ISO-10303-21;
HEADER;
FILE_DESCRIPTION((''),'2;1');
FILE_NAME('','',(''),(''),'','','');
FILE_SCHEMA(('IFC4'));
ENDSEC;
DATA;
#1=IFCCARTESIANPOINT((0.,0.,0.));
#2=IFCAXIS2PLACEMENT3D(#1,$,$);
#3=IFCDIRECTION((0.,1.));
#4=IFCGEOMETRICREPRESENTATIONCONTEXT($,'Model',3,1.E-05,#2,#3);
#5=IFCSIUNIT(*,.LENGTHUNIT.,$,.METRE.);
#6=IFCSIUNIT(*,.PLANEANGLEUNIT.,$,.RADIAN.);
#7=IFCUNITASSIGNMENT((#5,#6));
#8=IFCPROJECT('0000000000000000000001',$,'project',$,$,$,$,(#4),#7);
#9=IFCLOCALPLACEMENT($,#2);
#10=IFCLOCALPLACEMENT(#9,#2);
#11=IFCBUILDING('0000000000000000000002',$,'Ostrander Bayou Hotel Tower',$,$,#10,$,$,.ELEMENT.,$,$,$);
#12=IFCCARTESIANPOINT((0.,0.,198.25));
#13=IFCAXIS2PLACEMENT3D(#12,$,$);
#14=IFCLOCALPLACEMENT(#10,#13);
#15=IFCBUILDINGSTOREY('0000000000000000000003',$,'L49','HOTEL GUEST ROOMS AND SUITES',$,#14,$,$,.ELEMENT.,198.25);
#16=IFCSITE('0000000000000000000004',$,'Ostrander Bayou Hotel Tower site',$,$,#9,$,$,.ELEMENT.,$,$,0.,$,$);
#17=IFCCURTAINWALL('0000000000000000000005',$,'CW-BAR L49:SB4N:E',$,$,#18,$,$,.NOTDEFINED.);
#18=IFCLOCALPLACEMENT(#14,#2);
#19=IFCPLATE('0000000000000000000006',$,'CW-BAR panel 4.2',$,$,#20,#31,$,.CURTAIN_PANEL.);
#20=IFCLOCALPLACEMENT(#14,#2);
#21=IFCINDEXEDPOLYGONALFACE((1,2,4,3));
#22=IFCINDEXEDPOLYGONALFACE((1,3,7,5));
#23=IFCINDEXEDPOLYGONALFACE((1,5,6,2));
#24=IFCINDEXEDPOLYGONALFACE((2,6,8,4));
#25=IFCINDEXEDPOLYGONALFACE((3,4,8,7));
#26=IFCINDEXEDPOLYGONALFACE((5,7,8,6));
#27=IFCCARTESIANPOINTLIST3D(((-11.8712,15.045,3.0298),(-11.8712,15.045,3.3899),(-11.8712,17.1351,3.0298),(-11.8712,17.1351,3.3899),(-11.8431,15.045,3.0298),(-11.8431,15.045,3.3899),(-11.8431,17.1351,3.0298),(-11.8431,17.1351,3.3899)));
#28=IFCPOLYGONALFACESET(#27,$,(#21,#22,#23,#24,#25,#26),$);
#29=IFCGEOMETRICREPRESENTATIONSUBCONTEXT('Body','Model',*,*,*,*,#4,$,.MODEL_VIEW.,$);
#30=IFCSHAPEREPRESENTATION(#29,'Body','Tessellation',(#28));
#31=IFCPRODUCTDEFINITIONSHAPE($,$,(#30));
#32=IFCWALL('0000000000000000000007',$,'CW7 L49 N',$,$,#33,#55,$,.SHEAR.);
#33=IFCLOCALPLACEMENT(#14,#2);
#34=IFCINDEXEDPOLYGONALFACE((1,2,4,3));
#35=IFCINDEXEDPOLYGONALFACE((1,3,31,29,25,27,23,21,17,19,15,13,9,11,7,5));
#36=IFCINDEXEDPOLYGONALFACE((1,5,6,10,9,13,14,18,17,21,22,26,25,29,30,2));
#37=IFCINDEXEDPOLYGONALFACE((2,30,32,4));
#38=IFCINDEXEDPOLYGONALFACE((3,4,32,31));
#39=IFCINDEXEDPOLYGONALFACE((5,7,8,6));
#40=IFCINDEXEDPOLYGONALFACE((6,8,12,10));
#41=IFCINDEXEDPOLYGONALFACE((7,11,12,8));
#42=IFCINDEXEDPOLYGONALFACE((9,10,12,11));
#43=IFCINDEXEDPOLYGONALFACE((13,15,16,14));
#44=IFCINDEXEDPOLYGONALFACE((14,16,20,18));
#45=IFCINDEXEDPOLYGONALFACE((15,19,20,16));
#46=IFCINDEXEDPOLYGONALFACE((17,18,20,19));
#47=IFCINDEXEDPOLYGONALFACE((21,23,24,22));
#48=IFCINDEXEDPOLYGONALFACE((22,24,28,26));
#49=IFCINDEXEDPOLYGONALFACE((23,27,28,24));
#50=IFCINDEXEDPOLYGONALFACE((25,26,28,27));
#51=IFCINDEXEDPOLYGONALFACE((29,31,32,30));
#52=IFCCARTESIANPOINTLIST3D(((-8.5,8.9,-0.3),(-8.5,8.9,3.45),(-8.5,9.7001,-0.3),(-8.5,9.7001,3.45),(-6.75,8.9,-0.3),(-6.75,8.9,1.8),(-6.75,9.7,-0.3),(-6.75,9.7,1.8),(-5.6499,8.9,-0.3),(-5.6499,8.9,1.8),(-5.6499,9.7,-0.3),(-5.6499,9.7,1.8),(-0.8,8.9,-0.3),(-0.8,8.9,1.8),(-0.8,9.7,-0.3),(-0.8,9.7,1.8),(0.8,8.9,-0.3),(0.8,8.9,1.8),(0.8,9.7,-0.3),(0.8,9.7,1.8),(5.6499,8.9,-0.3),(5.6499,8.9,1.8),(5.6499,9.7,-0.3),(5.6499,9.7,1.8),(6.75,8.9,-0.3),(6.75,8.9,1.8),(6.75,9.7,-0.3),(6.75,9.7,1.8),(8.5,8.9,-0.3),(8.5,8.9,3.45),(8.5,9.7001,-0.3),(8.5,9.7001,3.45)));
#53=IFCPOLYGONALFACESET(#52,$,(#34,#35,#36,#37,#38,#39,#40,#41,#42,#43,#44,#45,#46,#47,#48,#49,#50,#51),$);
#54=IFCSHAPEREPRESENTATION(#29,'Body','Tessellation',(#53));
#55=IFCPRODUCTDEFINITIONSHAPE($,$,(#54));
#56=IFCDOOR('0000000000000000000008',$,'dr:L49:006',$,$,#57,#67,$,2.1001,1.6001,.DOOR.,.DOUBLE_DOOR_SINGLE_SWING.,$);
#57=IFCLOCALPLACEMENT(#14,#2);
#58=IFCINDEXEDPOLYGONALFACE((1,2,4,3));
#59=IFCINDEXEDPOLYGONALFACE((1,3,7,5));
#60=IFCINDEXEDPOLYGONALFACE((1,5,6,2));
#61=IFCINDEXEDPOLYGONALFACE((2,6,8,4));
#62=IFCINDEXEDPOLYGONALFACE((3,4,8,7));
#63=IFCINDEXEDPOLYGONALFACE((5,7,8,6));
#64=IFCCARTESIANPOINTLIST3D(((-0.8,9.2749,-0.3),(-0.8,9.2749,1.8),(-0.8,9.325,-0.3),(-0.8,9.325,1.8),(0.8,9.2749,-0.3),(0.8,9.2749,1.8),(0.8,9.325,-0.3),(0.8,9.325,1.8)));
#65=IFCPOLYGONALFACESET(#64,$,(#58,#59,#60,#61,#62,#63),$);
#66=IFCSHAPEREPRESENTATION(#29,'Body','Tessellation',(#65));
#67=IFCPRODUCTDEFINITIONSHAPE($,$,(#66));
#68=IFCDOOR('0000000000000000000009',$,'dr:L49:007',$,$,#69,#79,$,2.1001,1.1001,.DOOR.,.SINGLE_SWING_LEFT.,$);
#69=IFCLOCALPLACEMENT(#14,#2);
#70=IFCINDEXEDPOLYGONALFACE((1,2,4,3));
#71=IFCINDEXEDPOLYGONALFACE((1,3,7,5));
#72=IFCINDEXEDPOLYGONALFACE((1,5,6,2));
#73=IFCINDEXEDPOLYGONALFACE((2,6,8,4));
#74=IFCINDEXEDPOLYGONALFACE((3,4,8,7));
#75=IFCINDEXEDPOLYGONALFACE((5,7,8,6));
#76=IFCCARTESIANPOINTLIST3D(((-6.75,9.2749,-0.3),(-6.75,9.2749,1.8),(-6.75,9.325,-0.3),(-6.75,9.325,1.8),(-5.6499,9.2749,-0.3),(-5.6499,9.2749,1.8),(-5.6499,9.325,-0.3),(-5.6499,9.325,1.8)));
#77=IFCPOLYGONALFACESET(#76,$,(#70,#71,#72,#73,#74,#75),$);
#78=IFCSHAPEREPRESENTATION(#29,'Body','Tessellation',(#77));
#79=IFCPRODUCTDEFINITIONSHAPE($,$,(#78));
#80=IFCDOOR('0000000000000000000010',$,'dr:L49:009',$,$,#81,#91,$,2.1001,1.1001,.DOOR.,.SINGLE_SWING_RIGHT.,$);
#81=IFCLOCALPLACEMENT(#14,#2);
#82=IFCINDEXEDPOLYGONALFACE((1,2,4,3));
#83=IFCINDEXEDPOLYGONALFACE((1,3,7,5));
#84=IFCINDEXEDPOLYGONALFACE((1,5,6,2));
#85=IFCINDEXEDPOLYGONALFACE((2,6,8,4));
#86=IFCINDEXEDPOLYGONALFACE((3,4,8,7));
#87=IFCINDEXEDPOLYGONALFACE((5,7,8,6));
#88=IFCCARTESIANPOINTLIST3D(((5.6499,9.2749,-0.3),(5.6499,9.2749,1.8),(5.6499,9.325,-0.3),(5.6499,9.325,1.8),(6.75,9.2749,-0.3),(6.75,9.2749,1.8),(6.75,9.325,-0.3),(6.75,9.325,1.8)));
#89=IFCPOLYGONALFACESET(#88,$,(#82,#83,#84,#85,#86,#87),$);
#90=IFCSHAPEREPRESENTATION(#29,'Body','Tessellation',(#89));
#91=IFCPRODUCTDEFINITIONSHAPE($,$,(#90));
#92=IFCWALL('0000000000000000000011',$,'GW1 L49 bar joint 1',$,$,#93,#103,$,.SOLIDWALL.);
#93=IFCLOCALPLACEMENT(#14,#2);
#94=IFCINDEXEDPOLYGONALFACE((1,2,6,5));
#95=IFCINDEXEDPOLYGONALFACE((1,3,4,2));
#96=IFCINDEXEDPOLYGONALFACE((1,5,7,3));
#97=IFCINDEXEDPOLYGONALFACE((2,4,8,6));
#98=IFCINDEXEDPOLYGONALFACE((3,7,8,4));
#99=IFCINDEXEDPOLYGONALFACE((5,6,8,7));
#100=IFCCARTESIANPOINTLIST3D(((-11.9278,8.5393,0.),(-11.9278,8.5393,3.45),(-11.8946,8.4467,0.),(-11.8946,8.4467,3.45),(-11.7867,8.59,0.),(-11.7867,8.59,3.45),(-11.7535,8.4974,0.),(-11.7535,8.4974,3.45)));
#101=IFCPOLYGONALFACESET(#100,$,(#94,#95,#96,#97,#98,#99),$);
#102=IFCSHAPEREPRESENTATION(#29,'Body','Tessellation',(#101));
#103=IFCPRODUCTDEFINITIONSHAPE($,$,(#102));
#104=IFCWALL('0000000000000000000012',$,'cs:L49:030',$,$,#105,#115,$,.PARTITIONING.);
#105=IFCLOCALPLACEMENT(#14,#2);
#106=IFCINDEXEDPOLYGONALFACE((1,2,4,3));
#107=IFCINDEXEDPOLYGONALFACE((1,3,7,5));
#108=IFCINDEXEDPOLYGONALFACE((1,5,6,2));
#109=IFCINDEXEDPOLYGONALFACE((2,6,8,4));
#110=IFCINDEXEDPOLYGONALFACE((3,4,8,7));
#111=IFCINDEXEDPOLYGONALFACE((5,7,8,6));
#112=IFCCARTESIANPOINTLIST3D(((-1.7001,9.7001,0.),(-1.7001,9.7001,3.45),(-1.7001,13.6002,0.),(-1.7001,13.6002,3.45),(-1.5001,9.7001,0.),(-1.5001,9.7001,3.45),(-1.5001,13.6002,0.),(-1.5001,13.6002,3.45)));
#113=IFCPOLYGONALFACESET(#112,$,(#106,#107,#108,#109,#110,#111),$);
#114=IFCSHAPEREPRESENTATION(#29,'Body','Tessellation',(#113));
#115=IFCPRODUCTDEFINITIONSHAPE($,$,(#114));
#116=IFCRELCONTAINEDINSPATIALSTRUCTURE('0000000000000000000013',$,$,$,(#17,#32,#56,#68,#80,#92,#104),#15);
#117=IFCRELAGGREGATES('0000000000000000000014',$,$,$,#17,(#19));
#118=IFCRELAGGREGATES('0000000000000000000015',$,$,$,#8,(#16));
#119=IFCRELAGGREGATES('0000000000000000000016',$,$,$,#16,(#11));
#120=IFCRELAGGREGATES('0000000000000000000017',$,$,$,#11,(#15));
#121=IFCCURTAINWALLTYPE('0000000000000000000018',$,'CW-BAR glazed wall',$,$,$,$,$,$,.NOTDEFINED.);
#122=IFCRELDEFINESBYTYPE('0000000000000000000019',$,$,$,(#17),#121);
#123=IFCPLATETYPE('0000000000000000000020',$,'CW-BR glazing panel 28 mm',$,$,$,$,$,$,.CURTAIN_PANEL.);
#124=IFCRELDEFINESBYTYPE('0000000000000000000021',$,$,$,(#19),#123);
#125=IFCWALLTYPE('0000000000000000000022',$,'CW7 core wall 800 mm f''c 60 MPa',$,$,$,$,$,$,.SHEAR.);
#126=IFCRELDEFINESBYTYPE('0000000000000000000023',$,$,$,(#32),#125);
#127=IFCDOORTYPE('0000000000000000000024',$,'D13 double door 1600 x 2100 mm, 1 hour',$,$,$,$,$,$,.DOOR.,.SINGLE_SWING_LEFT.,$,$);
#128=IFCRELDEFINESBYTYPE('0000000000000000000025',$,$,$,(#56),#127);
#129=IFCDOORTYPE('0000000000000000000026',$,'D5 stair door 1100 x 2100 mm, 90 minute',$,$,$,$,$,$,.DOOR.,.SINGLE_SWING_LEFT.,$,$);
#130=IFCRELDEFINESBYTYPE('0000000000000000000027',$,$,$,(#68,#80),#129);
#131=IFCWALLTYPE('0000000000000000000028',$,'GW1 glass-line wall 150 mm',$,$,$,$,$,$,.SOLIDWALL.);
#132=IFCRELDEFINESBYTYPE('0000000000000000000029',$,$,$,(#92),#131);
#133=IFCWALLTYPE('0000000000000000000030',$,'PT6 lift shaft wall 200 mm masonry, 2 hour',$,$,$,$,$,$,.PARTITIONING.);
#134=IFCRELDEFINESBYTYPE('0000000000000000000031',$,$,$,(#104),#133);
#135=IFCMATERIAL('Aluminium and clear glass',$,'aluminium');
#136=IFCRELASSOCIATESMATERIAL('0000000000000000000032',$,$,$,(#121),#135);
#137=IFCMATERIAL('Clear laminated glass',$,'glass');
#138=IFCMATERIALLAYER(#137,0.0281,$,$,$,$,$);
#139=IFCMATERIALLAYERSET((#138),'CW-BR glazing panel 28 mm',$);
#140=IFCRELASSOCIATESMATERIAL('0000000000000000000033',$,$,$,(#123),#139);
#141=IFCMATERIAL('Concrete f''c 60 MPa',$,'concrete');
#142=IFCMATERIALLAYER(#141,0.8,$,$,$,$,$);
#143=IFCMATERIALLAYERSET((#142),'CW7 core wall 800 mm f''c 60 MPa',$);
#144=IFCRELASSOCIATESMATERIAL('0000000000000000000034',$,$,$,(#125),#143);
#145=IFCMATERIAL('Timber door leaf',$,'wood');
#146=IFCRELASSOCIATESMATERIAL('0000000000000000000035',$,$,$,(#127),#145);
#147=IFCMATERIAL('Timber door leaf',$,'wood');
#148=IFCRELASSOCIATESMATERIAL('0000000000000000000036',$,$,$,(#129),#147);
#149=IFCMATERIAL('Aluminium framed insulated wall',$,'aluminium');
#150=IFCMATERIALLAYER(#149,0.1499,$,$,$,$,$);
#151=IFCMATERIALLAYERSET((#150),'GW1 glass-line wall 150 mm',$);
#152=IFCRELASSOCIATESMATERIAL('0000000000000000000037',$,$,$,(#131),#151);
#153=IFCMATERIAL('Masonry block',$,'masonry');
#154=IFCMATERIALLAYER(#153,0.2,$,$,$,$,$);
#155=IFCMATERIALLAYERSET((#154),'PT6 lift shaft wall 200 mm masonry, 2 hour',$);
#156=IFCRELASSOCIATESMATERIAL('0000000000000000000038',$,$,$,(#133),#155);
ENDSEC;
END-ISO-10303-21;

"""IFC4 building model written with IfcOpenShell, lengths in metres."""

from ifc_helpers import new_model, si_unit, direction, frame, frame_2d, origin, origin_2d, place, context, subcontext, project, spatial, rectangle, extrude, material, layer, layer_set, type_object, element, fill, aggregate, save


model = new_model("IFC4")

# Units and contexts
model_context = context("Model", 3, precision=1e-05, world=origin(), true_north=direction((0.0, 1.0)))
body_context = subcontext(model_context, "Body", "Model", "MODEL_VIEW")
ifc_project = project(units=[si_unit("LENGTHUNIT", "METRE"), si_unit("PLANEANGLEUNIT", "RADIAN")], contexts=[model_context])

# Site, building, storey
site_placement = place(None, origin())
site = spatial("IfcSite", under=ifc_project, at=site_placement, Name="Ostrander Bayou Hotel Tower site", CompositionType="ELEMENT", RefElevation=0.0)
building_placement = place(site_placement, origin())
building = spatial("IfcBuilding", under=site, at=building_placement, Name="Ostrander Bayou Hotel Tower", CompositionType="ELEMENT")
storey_placement = place(building_placement, frame((0.0, 0.0, 198.25)))
storey = spatial("IfcBuildingStorey", under=building, at=storey_placement, Name="L49", Description="HOTEL GUEST ROOMS AND SUITES", CompositionType="ELEMENT", Elevation=198.25)

# Curtain wall, plate
ifc_material_1 = material(Name="Aluminium and clear glass", Category="aluminium")
curtain_wall_type = type_object("IfcCurtainWallType", Name="CW-BAR glazed wall", PredefinedType="NOTDEFINED", material=ifc_material_1)
curtain_wall_placement = place(storey_placement, origin())
curtain_wall = element("IfcCurtainWall", 1, at=curtain_wall_placement, inside=storey, type_object=curtain_wall_type, Name="CW-BAR L49:SB4N:E", PredefinedType="NOTDEFINED")
ifc_material_2 = material(Name="Clear laminated glass", Category="glass")
ifc_layer_1 = layer(ifc_material_2, 0.0281)
ifc_layer_set_1 = layer_set([ifc_layer_1], Name="CW-BR glazing panel 28 mm")
plate_type = type_object("IfcPlateType", Name="CW-BR glazing panel 28 mm", PredefinedType="CURTAIN_PANEL", material=ifc_layer_set_1)
plate_1_placement = place(storey_placement, frame((-11.8572, 16.0901, 3.0298), z_axis=(0.0, 0.0, 1.0), x_axis=(0.0, 1.0, 0.0)))
plate_1 = element("IfcPlate", 2, at=plate_1_placement, type_object=plate_type, Name="CW-BAR panel 4.2", PredefinedType="CURTAIN_PANEL", context=body_context, shape_type="SweptSolid", body=[
    extrude(rectangle(XDim=2.0901, YDim=0.0281, at=origin_2d()), origin(), (0.0, 0.0, 1.0), 0.3601),
])
aggregate(curtain_wall, [plate_1])

# Wall, openings, doors
ifc_material_3 = material(Name="Concrete f'c 60 MPa", Category="concrete")
ifc_layer_2 = layer(ifc_material_3, 0.8)
ifc_layer_set_2 = layer_set([ifc_layer_2], Name="CW7 core wall 800 mm f'c 60 MPa")
wall_type_1 = type_object("IfcWallType", Name="CW7 core wall 800 mm f'c 60 MPa", PredefinedType="SHEAR", material=ifc_layer_set_2)
wall_1_placement = place(storey_placement, frame((-8.5, 9.3, -0.3), z_axis=(0.0, 0.0, 1.0), x_axis=(1.0, 0.0, 0.0)))
wall_1 = element("IfcWall", 3, at=wall_1_placement, inside=storey, type_object=wall_type_1, Name="CW7 L49 N", PredefinedType="SHEAR", context=body_context, shape_type="SweptSolid", body=[
    extrude(rectangle(XDim=17.0, YDim=0.8, at=frame_2d((8.5, 0.0))), origin(), (0.0, 0.0, 1.0), 3.75),
])
opening_1_placement = place(wall_1_placement, frame((7.7, 0.0, 0.0)))
opening_1 = element("IfcOpeningElement", 4, at=opening_1_placement, cuts=wall_1, PredefinedType="OPENING", context=body_context, shape_type="SweptSolid", body=[
    extrude(rectangle(XDim=1.6001, YDim=2.1001, at=frame_2d((0.8, 1.05))), frame((0.0, 0.3999, 0.0), z_axis=(0.0, -1.0, 0.0), x_axis=(1.0, 0.0, 0.0)), (0.0, 0.0, 1.0), 0.8),
])
opening_2_placement = place(wall_1_placement, frame((1.75, 0.0, 0.0)))
opening_2 = element("IfcOpeningElement", 5, at=opening_2_placement, cuts=wall_1, PredefinedType="OPENING", context=body_context, shape_type="SweptSolid", body=[
    extrude(rectangle(XDim=1.1001, YDim=2.1001, at=frame_2d((0.55, 1.05))), frame((0.0, 0.3999, 0.0), z_axis=(0.0, -1.0, 0.0), x_axis=(1.0, 0.0, 0.0)), (0.0, 0.0, 1.0), 0.8),
])
opening_3_placement = place(wall_1_placement, frame((14.1499, 0.0, 0.0)))
opening_3 = element("IfcOpeningElement", 6, at=opening_3_placement, cuts=wall_1, PredefinedType="OPENING", context=body_context, shape_type="SweptSolid", body=[
    extrude(rectangle(XDim=1.1001, YDim=2.1001, at=frame_2d((0.55, 1.05))), frame((0.0, 0.3999, 0.0), z_axis=(0.0, -1.0, 0.0), x_axis=(1.0, 0.0, 0.0)), (0.0, 0.0, 1.0), 0.8),
])
ifc_material_4 = material(Name="Timber door leaf", Category="wood")
door_type_1 = type_object("IfcDoorType", Name="D13 double door 1600 x 2100 mm, 1 hour", OperationType="SINGLE_SWING_LEFT", PredefinedType="DOOR", material=ifc_material_4)
door_1_placement = place(opening_1_placement, origin())
door_1 = element("IfcDoor", 7, at=door_1_placement, inside=storey, type_object=door_type_1, Name="dr:L49:006", OperationType="DOUBLE_DOOR_SINGLE_SWING", OverallHeight=2.1001, OverallWidth=1.6001, PredefinedType="DOOR", context=body_context, shape_type="SweptSolid", body=[
    extrude(rectangle(XDim=1.6001, YDim=2.1001, at=frame_2d((0.8, 1.05))), frame((0.0, 0.0249, 0.0), z_axis=(0.0, -1.0, 0.0), x_axis=(1.0, 0.0, 0.0)), (0.0, 0.0, 1.0), 0.05),
])
fill(opening_1, door_1)
ifc_material_5 = material(Name="Timber door leaf", Category="wood")
door_type_2 = type_object("IfcDoorType", Name="D5 stair door 1100 x 2100 mm, 90 minute", OperationType="SINGLE_SWING_LEFT", PredefinedType="DOOR", material=ifc_material_5)
door_2_placement = place(opening_2_placement, origin())
door_2 = element("IfcDoor", 8, at=door_2_placement, inside=storey, type_object=door_type_2, Name="dr:L49:007", OperationType="SINGLE_SWING_LEFT", OverallHeight=2.1001, OverallWidth=1.1001, PredefinedType="DOOR", context=body_context, shape_type="SweptSolid", body=[
    extrude(rectangle(XDim=1.1001, YDim=2.1001, at=frame_2d((0.55, 1.05))), frame((0.0, 0.0249, 0.0), z_axis=(0.0, -1.0, 0.0), x_axis=(1.0, 0.0, 0.0)), (0.0, 0.0, 1.0), 0.05),
])
fill(opening_2, door_2)
door_3_placement = place(opening_3_placement, origin())
door_3 = element("IfcDoor", 9, at=door_3_placement, inside=storey, type_object=door_type_2, Name="dr:L49:009", OperationType="SINGLE_SWING_RIGHT", OverallHeight=2.1001, OverallWidth=1.1001, PredefinedType="DOOR", context=body_context, shape_type="SweptSolid", body=[
    extrude(rectangle(XDim=1.1001, YDim=2.1001, at=frame_2d((0.55, 1.05))), frame((0.0, 0.0249, 0.0), z_axis=(0.0, -1.0, 0.0), x_axis=(1.0, 0.0, 0.0)), (0.0, 0.0, 1.0), 0.05),
])
fill(opening_3, door_3)

# Wall
ifc_material_6 = material(Name="Aluminium framed insulated wall", Category="aluminium")
ifc_layer_3 = layer(ifc_material_6, 0.1499)
ifc_layer_set_3 = layer_set([ifc_layer_3], Name="GW1 glass-line wall 150 mm")
wall_type_2 = type_object("IfcWallType", Name="GW1 glass-line wall 150 mm", PredefinedType="SOLIDWALL", material=ifc_layer_set_3)
wall_2_placement = place(storey_placement, frame((-11.824, 8.4719, 0.0), z_axis=(0.0, 0.0, 1.0), x_axis=(-0.337752, 0.941235, 0.0)))
element("IfcWall", 10, at=wall_2_placement, inside=storey, type_object=wall_type_2, Name="GW1 L49 bar joint 1", PredefinedType="SOLIDWALL", context=body_context, shape_type="SweptSolid", body=[
    extrude(rectangle(XDim=0.0984, YDim=0.1499, at=frame_2d((0.0493, 0.0))), origin(), (0.0, 0.0, 1.0), 3.45),
])

# Wall
ifc_material_7 = material(Name="Masonry block", Category="masonry")
ifc_layer_4 = layer(ifc_material_7, 0.2)
ifc_layer_set_4 = layer_set([ifc_layer_4], Name="PT6 lift shaft wall 200 mm masonry, 2 hour")
wall_type_3 = type_object("IfcWallType", Name="PT6 lift shaft wall 200 mm masonry, 2 hour", PredefinedType="PARTITIONING", material=ifc_layer_set_4)
wall_3_placement = place(storey_placement, frame((-1.6001, 9.7, 0.0), z_axis=(0.0, 0.0, 1.0), x_axis=(0.0, 1.0, 0.0)))
element("IfcWall", 11, at=wall_3_placement, inside=storey, type_object=wall_type_3, Name="cs:L49:030", PredefinedType="PARTITIONING", context=body_context, shape_type="SweptSolid", body=[
    extrude(rectangle(XDim=3.9001, YDim=0.2, at=frame_2d((1.9502, 0.0))), origin(), (0.0, 0.0, 1.0), 3.45),
])

save(model, "model.ifc")
